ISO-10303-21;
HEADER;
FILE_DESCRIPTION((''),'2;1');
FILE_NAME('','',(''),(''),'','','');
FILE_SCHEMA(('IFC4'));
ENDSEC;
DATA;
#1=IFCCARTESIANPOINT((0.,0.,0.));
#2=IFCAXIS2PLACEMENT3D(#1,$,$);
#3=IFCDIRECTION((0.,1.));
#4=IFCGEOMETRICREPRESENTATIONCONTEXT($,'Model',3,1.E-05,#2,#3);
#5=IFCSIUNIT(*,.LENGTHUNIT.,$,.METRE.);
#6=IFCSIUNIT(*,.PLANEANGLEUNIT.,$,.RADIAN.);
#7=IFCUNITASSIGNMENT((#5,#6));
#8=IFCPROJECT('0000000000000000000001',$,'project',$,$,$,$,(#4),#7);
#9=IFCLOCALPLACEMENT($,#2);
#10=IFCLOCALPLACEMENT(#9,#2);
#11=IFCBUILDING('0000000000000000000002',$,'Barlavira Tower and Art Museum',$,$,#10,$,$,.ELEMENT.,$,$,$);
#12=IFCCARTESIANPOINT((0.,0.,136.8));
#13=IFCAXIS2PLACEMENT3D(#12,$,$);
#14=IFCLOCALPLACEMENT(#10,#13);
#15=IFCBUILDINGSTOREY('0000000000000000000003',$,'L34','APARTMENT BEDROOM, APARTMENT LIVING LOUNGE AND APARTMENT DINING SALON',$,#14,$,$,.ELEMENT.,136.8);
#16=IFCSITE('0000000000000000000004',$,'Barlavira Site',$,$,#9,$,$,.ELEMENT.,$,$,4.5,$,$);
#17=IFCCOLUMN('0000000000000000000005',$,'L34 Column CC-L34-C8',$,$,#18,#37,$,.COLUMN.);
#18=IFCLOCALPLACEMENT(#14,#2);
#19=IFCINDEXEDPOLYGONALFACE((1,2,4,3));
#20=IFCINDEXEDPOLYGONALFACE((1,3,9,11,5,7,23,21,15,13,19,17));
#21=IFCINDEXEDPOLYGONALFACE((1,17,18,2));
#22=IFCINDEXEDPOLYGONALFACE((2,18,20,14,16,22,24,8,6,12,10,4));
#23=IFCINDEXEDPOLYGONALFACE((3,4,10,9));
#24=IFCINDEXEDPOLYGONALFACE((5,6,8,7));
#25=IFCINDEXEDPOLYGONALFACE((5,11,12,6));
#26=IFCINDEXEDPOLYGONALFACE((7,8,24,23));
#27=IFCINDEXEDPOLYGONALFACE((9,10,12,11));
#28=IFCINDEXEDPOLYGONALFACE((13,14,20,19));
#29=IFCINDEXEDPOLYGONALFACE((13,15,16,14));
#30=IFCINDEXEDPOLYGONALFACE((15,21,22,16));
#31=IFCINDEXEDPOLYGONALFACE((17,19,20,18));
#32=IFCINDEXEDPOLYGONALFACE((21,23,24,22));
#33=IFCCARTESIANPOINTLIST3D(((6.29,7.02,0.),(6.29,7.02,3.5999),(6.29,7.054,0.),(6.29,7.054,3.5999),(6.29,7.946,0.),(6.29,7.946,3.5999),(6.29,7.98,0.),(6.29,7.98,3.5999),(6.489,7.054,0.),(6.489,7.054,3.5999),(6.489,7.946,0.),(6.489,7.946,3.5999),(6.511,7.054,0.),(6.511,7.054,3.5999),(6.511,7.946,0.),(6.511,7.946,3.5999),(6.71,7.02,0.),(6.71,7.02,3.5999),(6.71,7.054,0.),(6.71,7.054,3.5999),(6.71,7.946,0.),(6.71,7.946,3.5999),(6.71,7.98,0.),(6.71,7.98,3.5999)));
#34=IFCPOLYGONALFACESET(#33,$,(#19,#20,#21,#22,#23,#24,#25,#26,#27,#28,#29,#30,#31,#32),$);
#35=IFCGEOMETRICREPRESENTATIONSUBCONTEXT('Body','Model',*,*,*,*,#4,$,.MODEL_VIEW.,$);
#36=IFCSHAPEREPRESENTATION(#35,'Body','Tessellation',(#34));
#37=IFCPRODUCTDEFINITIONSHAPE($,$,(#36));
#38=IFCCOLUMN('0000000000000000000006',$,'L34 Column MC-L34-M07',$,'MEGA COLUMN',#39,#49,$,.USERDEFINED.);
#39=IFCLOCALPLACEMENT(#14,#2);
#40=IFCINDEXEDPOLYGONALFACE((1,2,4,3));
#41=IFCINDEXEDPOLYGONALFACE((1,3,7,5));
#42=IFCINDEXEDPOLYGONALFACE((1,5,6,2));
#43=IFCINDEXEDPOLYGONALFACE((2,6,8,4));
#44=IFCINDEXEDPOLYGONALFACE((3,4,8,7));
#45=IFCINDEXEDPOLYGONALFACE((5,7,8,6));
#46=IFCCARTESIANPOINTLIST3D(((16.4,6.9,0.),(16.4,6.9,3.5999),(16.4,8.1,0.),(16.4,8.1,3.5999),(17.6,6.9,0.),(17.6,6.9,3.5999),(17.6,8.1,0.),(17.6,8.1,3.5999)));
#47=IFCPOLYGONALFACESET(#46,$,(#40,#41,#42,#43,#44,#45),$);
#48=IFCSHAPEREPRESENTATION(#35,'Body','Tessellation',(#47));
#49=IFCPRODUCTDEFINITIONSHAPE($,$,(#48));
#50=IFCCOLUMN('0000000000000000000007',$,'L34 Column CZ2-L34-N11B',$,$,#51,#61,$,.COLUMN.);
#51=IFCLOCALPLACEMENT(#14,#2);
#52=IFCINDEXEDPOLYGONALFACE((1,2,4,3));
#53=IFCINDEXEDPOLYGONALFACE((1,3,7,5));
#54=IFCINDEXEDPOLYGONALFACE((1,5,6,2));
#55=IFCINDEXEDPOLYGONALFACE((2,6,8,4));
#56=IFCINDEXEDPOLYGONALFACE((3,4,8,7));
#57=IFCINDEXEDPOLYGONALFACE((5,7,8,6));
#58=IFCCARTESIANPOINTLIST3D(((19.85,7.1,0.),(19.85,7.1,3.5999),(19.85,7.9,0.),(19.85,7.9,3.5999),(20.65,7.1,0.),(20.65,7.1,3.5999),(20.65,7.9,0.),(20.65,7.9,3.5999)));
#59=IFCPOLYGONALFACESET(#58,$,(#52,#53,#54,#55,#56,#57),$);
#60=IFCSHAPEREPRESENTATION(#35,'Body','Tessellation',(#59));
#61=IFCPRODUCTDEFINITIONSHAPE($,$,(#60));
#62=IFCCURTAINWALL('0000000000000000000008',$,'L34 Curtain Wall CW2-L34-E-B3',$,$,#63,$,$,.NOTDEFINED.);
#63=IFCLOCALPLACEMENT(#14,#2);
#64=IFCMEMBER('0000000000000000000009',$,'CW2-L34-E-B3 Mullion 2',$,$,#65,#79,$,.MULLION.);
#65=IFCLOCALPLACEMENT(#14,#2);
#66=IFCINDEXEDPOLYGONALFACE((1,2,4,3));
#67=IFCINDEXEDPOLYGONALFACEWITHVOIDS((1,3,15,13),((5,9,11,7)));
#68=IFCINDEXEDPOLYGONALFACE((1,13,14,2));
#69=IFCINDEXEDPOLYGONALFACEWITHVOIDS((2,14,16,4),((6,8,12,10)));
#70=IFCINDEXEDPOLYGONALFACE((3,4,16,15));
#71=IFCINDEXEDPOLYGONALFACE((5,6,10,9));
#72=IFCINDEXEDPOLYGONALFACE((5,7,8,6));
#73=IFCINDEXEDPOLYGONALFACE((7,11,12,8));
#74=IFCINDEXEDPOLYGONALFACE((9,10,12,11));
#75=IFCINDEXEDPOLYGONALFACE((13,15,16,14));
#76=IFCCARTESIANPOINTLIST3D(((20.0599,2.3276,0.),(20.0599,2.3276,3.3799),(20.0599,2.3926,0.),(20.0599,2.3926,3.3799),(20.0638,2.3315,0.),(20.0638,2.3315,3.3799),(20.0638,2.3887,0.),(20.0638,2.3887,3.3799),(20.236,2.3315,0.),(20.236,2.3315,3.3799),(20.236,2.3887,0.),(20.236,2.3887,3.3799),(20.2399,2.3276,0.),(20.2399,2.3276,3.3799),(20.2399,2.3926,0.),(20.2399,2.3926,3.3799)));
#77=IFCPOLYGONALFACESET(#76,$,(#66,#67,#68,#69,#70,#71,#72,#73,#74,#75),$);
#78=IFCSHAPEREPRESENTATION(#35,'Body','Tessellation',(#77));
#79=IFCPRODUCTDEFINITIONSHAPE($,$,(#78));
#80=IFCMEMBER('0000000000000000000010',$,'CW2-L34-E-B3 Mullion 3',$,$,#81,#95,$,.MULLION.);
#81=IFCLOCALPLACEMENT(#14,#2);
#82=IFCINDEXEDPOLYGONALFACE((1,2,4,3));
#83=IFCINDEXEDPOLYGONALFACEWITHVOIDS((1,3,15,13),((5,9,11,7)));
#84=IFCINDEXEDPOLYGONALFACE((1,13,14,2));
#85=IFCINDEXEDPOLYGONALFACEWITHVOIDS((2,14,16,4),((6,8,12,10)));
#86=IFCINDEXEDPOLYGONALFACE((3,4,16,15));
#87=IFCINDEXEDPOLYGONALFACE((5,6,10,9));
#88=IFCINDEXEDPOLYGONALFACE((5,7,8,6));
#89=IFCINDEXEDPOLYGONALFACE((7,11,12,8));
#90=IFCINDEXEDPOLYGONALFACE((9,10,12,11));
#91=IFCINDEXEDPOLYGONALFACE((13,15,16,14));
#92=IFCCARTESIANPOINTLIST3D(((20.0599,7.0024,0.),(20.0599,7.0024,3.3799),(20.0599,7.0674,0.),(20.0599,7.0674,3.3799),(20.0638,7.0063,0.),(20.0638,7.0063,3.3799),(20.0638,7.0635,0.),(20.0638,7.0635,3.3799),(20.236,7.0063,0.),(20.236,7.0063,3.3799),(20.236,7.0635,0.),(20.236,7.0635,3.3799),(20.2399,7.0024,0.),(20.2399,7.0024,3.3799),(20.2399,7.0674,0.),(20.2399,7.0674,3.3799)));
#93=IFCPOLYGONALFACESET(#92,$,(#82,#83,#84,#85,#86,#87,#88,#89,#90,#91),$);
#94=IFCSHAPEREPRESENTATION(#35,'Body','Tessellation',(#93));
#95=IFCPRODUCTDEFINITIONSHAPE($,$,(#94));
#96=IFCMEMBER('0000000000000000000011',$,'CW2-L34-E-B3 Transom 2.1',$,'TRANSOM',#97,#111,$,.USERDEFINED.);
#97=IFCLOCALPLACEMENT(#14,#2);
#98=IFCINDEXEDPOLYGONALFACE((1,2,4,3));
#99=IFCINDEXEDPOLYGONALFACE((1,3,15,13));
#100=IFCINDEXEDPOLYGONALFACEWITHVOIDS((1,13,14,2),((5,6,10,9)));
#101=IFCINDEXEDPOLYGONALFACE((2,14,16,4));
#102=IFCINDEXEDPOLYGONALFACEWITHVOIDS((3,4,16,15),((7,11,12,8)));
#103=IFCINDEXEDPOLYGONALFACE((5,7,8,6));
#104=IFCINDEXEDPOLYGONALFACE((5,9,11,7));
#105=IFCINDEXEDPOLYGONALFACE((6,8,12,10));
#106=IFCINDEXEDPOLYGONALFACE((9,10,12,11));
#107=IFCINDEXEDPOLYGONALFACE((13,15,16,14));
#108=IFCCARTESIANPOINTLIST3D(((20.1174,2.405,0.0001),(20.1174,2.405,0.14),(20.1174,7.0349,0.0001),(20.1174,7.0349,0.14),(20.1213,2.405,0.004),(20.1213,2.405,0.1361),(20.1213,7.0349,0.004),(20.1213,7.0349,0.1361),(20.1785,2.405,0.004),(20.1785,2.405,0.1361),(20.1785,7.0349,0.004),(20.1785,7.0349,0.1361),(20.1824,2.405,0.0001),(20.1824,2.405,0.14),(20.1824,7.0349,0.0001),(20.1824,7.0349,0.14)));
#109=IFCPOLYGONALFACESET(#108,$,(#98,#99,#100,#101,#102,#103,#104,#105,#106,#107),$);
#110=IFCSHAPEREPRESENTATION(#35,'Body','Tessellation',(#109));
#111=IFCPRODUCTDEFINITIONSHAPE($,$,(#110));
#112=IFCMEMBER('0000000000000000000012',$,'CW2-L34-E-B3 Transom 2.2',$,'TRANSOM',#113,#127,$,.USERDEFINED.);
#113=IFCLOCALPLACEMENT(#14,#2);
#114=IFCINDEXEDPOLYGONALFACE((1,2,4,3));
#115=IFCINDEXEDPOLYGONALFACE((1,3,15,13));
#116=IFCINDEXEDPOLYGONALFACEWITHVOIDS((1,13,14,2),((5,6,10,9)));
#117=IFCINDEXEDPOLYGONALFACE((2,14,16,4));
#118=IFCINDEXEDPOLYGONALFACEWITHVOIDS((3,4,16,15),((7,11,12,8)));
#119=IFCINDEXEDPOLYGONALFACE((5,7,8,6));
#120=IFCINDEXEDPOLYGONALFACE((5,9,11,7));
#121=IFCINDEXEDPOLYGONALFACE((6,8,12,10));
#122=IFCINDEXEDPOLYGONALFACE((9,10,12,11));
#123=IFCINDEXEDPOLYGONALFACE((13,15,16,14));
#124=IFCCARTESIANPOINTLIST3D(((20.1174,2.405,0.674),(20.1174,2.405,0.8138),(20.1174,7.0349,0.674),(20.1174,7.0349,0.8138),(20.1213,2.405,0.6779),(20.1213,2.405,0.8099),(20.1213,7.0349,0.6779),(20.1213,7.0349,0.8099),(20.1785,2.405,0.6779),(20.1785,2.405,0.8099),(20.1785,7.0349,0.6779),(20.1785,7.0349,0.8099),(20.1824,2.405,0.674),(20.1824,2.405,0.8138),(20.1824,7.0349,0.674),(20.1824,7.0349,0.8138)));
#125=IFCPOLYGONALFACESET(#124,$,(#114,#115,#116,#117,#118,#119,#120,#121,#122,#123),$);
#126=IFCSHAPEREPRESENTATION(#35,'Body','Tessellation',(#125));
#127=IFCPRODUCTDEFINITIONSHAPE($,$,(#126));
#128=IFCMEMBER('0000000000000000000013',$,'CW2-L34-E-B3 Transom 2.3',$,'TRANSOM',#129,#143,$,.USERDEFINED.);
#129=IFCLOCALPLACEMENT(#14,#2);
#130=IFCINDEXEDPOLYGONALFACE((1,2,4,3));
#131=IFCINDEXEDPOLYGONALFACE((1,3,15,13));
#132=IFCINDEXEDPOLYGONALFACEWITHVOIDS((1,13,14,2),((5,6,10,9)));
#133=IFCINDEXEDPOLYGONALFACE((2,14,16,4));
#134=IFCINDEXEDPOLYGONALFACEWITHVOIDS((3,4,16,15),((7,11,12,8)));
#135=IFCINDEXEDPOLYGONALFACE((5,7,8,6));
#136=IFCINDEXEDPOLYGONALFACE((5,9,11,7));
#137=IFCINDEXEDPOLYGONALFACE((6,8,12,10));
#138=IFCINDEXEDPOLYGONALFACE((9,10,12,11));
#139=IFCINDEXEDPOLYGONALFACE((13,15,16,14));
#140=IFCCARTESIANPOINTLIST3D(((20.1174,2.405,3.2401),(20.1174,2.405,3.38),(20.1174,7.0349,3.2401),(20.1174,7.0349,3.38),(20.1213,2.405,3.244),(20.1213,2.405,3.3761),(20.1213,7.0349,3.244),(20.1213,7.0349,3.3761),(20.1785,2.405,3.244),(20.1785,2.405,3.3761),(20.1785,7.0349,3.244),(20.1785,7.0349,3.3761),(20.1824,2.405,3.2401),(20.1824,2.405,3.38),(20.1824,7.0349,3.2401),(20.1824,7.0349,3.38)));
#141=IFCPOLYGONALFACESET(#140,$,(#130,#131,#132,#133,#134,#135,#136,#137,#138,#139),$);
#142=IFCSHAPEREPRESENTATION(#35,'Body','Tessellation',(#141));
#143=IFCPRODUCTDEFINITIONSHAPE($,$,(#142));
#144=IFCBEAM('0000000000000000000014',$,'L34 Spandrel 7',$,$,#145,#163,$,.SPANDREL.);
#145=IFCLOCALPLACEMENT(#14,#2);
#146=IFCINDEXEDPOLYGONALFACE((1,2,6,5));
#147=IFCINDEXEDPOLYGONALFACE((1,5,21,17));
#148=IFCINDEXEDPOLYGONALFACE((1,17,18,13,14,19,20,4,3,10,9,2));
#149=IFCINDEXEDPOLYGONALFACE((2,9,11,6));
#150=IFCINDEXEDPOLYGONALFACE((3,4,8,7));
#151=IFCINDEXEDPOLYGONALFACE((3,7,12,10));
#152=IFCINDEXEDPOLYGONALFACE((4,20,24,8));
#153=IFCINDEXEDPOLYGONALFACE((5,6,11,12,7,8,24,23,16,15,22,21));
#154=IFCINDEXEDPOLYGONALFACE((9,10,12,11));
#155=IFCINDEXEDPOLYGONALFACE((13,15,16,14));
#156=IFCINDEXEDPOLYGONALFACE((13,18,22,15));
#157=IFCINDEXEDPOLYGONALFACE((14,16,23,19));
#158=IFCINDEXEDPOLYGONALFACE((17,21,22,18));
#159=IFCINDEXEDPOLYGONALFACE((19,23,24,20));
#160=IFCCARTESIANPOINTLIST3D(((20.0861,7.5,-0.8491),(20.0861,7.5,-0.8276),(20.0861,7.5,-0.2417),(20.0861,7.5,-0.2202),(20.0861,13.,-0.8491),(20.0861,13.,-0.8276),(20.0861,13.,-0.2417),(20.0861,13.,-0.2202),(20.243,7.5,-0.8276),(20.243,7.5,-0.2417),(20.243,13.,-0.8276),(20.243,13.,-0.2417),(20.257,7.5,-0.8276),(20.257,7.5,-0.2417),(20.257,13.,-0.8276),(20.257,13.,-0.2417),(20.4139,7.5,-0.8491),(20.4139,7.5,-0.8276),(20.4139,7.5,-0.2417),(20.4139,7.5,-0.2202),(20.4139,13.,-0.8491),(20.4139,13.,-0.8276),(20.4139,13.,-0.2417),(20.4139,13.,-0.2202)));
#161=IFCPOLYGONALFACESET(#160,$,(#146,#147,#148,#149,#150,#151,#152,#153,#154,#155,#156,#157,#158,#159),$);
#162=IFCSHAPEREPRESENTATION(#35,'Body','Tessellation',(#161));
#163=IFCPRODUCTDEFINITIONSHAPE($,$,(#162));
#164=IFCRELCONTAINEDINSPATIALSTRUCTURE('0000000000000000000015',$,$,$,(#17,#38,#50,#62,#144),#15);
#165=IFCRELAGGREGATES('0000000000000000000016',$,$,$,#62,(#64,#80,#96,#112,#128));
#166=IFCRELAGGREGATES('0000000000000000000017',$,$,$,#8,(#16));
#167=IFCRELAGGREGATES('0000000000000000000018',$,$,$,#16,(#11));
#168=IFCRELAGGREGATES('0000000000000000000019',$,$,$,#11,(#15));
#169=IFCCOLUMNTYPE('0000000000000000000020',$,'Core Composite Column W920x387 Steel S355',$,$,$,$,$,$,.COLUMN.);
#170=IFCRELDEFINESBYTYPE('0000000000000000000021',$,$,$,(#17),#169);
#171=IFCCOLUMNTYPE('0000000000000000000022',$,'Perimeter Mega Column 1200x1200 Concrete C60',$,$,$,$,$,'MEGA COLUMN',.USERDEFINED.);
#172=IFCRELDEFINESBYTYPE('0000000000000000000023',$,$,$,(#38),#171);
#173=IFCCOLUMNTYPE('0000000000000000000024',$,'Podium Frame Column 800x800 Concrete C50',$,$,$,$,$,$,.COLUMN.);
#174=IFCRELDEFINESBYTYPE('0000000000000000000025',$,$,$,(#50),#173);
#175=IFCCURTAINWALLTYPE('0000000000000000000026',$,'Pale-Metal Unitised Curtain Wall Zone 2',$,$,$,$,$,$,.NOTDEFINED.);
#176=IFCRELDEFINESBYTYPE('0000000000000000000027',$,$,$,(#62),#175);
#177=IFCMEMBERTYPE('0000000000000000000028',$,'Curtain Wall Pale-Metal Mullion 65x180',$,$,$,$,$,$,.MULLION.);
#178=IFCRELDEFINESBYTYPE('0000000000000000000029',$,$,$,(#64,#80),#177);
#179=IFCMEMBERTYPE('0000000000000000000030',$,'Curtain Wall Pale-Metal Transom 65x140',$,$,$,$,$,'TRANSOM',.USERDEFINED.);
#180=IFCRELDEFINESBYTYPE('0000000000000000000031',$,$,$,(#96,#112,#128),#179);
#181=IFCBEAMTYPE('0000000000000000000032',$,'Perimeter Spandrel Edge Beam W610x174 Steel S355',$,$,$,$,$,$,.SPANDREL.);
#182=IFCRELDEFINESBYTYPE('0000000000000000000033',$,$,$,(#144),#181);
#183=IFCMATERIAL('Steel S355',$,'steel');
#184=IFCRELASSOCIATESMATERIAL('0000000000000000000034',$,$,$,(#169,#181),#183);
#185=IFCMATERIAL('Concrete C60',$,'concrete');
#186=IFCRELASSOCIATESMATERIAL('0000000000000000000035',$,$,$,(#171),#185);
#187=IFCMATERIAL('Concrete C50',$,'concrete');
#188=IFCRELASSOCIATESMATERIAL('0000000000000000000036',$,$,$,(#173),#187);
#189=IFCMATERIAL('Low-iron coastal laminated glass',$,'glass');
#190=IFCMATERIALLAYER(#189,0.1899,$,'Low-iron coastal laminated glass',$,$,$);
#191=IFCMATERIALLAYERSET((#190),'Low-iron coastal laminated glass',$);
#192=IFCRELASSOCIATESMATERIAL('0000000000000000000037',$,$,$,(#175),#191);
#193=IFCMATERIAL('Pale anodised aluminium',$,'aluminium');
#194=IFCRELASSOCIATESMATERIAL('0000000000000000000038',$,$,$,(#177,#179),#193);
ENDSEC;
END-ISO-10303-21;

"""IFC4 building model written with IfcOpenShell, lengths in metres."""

from ifc_helpers import new_model, si_unit, direction, frame, origin, origin_2d, place, context, subcontext, project, spatial, rectangle, hollow_rectangle, i_section, extrude, material, layer, layer_set, material_profile, profile_set, type_object, element, aggregate, save


model = new_model("IFC4")

# Units and contexts
model_context = context("Model", 3, precision=1e-05, world=origin(), true_north=direction((0.0, 1.0)))
body_context = subcontext(model_context, "Body", "Model", "MODEL_VIEW")
ifc_project = project(units=[si_unit("LENGTHUNIT", "METRE"), si_unit("PLANEANGLEUNIT", "RADIAN")], contexts=[model_context])

# Site, building, storey
site_placement = place(None, origin())
site = spatial("IfcSite", under=ifc_project, at=site_placement, Name="Barlavira Site", CompositionType="ELEMENT", RefElevation=4.5)
building_placement = place(site_placement, origin())
building = spatial("IfcBuilding", under=site, at=building_placement, Name="Barlavira Tower and Art Museum", CompositionType="ELEMENT")
storey_placement = place(building_placement, frame((0.0, 0.0, 136.8)))
storey = spatial("IfcBuildingStorey", under=building, at=storey_placement, Name="L34", Description="APARTMENT BEDROOM, APARTMENT LIVING LOUNGE AND APARTMENT DINING SALON", CompositionType="ELEMENT", Elevation=136.8)

# Columns
ifc_material_1 = material(Name="Steel S355", Category="steel")
ifc_material_profile_1 = material_profile(ifc_material_1, i_section(OverallWidth=0.4199, OverallDepth=0.96, WebThickness=0.022, FlangeThickness=0.0339, at=origin_2d()), Name="W920x387.0")
ifc_profile_set_1 = profile_set([ifc_material_profile_1], Name="Steel S355")
column_type_1 = type_object("IfcColumnType", Name="Core Composite Column W920x387 Steel S355", PredefinedType="COLUMN", material=ifc_profile_set_1)
column_1_placement = place(storey_placement, frame((6.5, 7.5, 0.0), z_axis=(0.0, 0.0, 1.0), x_axis=(1.0, 0.0, 0.0)))
element("IfcColumn", 1, at=column_1_placement, inside=storey, type_object=column_type_1, Name="L34 Column CC-L34-C8", PredefinedType="COLUMN", context=body_context, shape_type="SweptSolid", body=[
    extrude(i_section(OverallWidth=0.4199, OverallDepth=0.96, WebThickness=0.022, FlangeThickness=0.0339, at=origin_2d()), origin(), (0.0, 0.0, 1.0), 3.5999),
])
ifc_material_2 = material(Name="Concrete C60", Category="concrete")
ifc_material_profile_2 = material_profile(ifc_material_2, rectangle(XDim=1.2, YDim=1.2, at=origin_2d()), Name="RC-COL 1200x1200")
ifc_profile_set_2 = profile_set([ifc_material_profile_2], Name="Concrete C60")
column_type_2 = type_object("IfcColumnType", Name="Perimeter Mega Column 1200x1200 Concrete C60", ElementType="MEGA COLUMN", PredefinedType="USERDEFINED", material=ifc_profile_set_2)
column_2_placement = place(storey_placement, frame((17.0, 7.5, 0.0), z_axis=(0.0, 0.0, 1.0), x_axis=(1.0, 0.0, 0.0)))
element("IfcColumn", 2, at=column_2_placement, inside=storey, type_object=column_type_2, Name="L34 Column MC-L34-M07", ObjectType="MEGA COLUMN", PredefinedType="USERDEFINED", context=body_context, shape_type="SweptSolid", body=[
    extrude(rectangle(XDim=1.2, YDim=1.2, at=origin_2d()), origin(), (0.0, 0.0, 1.0), 3.5999),
])
ifc_material_3 = material(Name="Concrete C50", Category="concrete")
ifc_material_profile_3 = material_profile(ifc_material_3, rectangle(XDim=0.8, YDim=0.8, at=origin_2d()), Name="RC-COL 800x800")
ifc_profile_set_3 = profile_set([ifc_material_profile_3], Name="Concrete C50")
column_type_3 = type_object("IfcColumnType", Name="Podium Frame Column 800x800 Concrete C50", PredefinedType="COLUMN", material=ifc_profile_set_3)
column_3_placement = place(storey_placement, frame((20.25, 7.5, 0.0), z_axis=(0.0, 0.0, 1.0), x_axis=(1.0, 0.0, 0.0)))
element("IfcColumn", 3, at=column_3_placement, inside=storey, type_object=column_type_3, Name="L34 Column CZ2-L34-N11B", PredefinedType="COLUMN", context=body_context, shape_type="SweptSolid", body=[
    extrude(rectangle(XDim=0.8, YDim=0.8, at=origin_2d()), origin(), (0.0, 0.0, 1.0), 3.5999),
])

# Curtain wall, members
ifc_material_4 = material(Name="Low-iron coastal laminated glass", Category="glass")
ifc_layer_1 = layer(ifc_material_4, 0.1899, Name="Low-iron coastal laminated glass")
ifc_layer_set_1 = layer_set([ifc_layer_1], Name="Low-iron coastal laminated glass")
curtain_wall_type = type_object("IfcCurtainWallType", Name="Pale-Metal Unitised Curtain Wall Zone 2", PredefinedType="NOTDEFINED", material=ifc_layer_set_1)
curtain_wall_placement = place(storey_placement, origin())
curtain_wall = element("IfcCurtainWall", 4, at=curtain_wall_placement, inside=storey, type_object=curtain_wall_type, Name="L34 Curtain Wall CW2-L34-E-B3", PredefinedType="NOTDEFINED")
ifc_material_5 = material(Name="Pale anodised aluminium", Category="aluminium")
ifc_material_profile_4 = material_profile(ifc_material_5, hollow_rectangle(XDim=0.0649, YDim=0.1799, WallThickness=0.0039, at=origin_2d()), Name="ALU-MULL 65x180x4")
ifc_profile_set_4 = profile_set([ifc_material_profile_4], Name="Pale anodised aluminium")
member_type_1 = type_object("IfcMemberType", Name="Curtain Wall Pale-Metal Mullion 65x180", PredefinedType="MULLION", material=ifc_profile_set_4)
member_1_placement = place(storey_placement, frame((20.1499, 2.3601, 0.0), z_axis=(0.0, 0.0, 1.0), x_axis=(0.0, 1.0, 0.0)))
member_1 = element("IfcMember", 5, at=member_1_placement, type_object=member_type_1, Name="CW2-L34-E-B3 Mullion 2", PredefinedType="MULLION", context=body_context, shape_type="SweptSolid", body=[
    extrude(hollow_rectangle(XDim=0.0649, YDim=0.1799, WallThickness=0.0039, at=origin_2d()), origin(), (0.0, 0.0, 1.0), 3.3799),
])
member_2_placement = place(storey_placement, frame((20.1499, 7.0349, 0.0), z_axis=(0.0, 0.0, 1.0), x_axis=(0.0, 1.0, 0.0)))
member_2 = element("IfcMember", 6, at=member_2_placement, type_object=member_type_1, Name="CW2-L34-E-B3 Mullion 3", PredefinedType="MULLION", context=body_context, shape_type="SweptSolid", body=[
    extrude(hollow_rectangle(XDim=0.0649, YDim=0.1799, WallThickness=0.0039, at=origin_2d()), origin(), (0.0, 0.0, 1.0), 3.3799),
])
ifc_material_profile_5 = material_profile(ifc_material_5, hollow_rectangle(XDim=0.0649, YDim=0.1399, WallThickness=0.0039, at=origin_2d()), Name="ALU-TRAN 65x140x4")
ifc_profile_set_5 = profile_set([ifc_material_profile_5], Name="Pale anodised aluminium")
member_type_2 = type_object("IfcMemberType", Name="Curtain Wall Pale-Metal Transom 65x140", ElementType="TRANSOM", PredefinedType="USERDEFINED", material=ifc_profile_set_5)
member_3_placement = place(storey_placement, frame((20.1499, 2.405, 0.0701), z_axis=(0.0, 1.0, 0.0), x_axis=(-1.0, 0.0, 0.0)))
member_3 = element("IfcMember", 7, at=member_3_placement, type_object=member_type_2, Name="CW2-L34-E-B3 Transom 2.1", ObjectType="TRANSOM", PredefinedType="USERDEFINED", context=body_context, shape_type="SweptSolid", body=[
    extrude(hollow_rectangle(XDim=0.0649, YDim=0.1399, WallThickness=0.0039, at=origin_2d()), origin(), (0.0, 0.0, 1.0), 4.6299),
])
member_4_placement = place(storey_placement, frame((20.1499, 2.405, 0.7439), z_axis=(0.0, 1.0, 0.0), x_axis=(-1.0, 0.0, 0.0)))
member_4 = element("IfcMember", 8, at=member_4_placement, type_object=member_type_2, Name="CW2-L34-E-B3 Transom 2.2", ObjectType="TRANSOM", PredefinedType="USERDEFINED", context=body_context, shape_type="SweptSolid", body=[
    extrude(hollow_rectangle(XDim=0.0649, YDim=0.1399, WallThickness=0.0039, at=origin_2d()), origin(), (0.0, 0.0, 1.0), 4.6299),
])
member_5_placement = place(storey_placement, frame((20.1499, 2.405, 3.3101), z_axis=(0.0, 1.0, 0.0), x_axis=(-1.0, 0.0, 0.0)))
member_5 = element("IfcMember", 9, at=member_5_placement, type_object=member_type_2, Name="CW2-L34-E-B3 Transom 2.3", ObjectType="TRANSOM", PredefinedType="USERDEFINED", context=body_context, shape_type="SweptSolid", body=[
    extrude(hollow_rectangle(XDim=0.0649, YDim=0.1399, WallThickness=0.0039, at=origin_2d()), origin(), (0.0, 0.0, 1.0), 4.6299),
])

# Beam
ifc_material_profile_6 = material_profile(ifc_material_1, i_section(OverallWidth=0.3279, OverallDepth=0.6289, WebThickness=0.0139, FlangeThickness=0.0215, at=origin_2d()), Name="W610x174.0")
ifc_profile_set_6 = profile_set([ifc_material_profile_6], Name="Steel S355")
beam_type_1 = type_object("IfcBeamType", Name="Perimeter Spandrel Edge Beam W610x174 Steel S355", PredefinedType="SPANDREL", material=ifc_profile_set_6)
beam_1_placement = place(storey_placement, frame((20.25, 7.5, -0.5347), z_axis=(0.0, 1.0, 0.0), x_axis=(-1.0, 0.0, 0.0)))
element("IfcBeam", 10, at=beam_1_placement, inside=storey, type_object=beam_type_1, Name="L34 Spandrel 7", PredefinedType="SPANDREL", context=body_context, shape_type="SweptSolid", body=[
    extrude(i_section(OverallWidth=0.3279, OverallDepth=0.6289, WebThickness=0.0139, FlangeThickness=0.0215, at=origin_2d()), origin(), (0.0, 0.0, 1.0), 5.5),
])

aggregate(curtain_wall, [member_1, member_2, member_3, member_4, member_5])

save(model, "model.ifc")
